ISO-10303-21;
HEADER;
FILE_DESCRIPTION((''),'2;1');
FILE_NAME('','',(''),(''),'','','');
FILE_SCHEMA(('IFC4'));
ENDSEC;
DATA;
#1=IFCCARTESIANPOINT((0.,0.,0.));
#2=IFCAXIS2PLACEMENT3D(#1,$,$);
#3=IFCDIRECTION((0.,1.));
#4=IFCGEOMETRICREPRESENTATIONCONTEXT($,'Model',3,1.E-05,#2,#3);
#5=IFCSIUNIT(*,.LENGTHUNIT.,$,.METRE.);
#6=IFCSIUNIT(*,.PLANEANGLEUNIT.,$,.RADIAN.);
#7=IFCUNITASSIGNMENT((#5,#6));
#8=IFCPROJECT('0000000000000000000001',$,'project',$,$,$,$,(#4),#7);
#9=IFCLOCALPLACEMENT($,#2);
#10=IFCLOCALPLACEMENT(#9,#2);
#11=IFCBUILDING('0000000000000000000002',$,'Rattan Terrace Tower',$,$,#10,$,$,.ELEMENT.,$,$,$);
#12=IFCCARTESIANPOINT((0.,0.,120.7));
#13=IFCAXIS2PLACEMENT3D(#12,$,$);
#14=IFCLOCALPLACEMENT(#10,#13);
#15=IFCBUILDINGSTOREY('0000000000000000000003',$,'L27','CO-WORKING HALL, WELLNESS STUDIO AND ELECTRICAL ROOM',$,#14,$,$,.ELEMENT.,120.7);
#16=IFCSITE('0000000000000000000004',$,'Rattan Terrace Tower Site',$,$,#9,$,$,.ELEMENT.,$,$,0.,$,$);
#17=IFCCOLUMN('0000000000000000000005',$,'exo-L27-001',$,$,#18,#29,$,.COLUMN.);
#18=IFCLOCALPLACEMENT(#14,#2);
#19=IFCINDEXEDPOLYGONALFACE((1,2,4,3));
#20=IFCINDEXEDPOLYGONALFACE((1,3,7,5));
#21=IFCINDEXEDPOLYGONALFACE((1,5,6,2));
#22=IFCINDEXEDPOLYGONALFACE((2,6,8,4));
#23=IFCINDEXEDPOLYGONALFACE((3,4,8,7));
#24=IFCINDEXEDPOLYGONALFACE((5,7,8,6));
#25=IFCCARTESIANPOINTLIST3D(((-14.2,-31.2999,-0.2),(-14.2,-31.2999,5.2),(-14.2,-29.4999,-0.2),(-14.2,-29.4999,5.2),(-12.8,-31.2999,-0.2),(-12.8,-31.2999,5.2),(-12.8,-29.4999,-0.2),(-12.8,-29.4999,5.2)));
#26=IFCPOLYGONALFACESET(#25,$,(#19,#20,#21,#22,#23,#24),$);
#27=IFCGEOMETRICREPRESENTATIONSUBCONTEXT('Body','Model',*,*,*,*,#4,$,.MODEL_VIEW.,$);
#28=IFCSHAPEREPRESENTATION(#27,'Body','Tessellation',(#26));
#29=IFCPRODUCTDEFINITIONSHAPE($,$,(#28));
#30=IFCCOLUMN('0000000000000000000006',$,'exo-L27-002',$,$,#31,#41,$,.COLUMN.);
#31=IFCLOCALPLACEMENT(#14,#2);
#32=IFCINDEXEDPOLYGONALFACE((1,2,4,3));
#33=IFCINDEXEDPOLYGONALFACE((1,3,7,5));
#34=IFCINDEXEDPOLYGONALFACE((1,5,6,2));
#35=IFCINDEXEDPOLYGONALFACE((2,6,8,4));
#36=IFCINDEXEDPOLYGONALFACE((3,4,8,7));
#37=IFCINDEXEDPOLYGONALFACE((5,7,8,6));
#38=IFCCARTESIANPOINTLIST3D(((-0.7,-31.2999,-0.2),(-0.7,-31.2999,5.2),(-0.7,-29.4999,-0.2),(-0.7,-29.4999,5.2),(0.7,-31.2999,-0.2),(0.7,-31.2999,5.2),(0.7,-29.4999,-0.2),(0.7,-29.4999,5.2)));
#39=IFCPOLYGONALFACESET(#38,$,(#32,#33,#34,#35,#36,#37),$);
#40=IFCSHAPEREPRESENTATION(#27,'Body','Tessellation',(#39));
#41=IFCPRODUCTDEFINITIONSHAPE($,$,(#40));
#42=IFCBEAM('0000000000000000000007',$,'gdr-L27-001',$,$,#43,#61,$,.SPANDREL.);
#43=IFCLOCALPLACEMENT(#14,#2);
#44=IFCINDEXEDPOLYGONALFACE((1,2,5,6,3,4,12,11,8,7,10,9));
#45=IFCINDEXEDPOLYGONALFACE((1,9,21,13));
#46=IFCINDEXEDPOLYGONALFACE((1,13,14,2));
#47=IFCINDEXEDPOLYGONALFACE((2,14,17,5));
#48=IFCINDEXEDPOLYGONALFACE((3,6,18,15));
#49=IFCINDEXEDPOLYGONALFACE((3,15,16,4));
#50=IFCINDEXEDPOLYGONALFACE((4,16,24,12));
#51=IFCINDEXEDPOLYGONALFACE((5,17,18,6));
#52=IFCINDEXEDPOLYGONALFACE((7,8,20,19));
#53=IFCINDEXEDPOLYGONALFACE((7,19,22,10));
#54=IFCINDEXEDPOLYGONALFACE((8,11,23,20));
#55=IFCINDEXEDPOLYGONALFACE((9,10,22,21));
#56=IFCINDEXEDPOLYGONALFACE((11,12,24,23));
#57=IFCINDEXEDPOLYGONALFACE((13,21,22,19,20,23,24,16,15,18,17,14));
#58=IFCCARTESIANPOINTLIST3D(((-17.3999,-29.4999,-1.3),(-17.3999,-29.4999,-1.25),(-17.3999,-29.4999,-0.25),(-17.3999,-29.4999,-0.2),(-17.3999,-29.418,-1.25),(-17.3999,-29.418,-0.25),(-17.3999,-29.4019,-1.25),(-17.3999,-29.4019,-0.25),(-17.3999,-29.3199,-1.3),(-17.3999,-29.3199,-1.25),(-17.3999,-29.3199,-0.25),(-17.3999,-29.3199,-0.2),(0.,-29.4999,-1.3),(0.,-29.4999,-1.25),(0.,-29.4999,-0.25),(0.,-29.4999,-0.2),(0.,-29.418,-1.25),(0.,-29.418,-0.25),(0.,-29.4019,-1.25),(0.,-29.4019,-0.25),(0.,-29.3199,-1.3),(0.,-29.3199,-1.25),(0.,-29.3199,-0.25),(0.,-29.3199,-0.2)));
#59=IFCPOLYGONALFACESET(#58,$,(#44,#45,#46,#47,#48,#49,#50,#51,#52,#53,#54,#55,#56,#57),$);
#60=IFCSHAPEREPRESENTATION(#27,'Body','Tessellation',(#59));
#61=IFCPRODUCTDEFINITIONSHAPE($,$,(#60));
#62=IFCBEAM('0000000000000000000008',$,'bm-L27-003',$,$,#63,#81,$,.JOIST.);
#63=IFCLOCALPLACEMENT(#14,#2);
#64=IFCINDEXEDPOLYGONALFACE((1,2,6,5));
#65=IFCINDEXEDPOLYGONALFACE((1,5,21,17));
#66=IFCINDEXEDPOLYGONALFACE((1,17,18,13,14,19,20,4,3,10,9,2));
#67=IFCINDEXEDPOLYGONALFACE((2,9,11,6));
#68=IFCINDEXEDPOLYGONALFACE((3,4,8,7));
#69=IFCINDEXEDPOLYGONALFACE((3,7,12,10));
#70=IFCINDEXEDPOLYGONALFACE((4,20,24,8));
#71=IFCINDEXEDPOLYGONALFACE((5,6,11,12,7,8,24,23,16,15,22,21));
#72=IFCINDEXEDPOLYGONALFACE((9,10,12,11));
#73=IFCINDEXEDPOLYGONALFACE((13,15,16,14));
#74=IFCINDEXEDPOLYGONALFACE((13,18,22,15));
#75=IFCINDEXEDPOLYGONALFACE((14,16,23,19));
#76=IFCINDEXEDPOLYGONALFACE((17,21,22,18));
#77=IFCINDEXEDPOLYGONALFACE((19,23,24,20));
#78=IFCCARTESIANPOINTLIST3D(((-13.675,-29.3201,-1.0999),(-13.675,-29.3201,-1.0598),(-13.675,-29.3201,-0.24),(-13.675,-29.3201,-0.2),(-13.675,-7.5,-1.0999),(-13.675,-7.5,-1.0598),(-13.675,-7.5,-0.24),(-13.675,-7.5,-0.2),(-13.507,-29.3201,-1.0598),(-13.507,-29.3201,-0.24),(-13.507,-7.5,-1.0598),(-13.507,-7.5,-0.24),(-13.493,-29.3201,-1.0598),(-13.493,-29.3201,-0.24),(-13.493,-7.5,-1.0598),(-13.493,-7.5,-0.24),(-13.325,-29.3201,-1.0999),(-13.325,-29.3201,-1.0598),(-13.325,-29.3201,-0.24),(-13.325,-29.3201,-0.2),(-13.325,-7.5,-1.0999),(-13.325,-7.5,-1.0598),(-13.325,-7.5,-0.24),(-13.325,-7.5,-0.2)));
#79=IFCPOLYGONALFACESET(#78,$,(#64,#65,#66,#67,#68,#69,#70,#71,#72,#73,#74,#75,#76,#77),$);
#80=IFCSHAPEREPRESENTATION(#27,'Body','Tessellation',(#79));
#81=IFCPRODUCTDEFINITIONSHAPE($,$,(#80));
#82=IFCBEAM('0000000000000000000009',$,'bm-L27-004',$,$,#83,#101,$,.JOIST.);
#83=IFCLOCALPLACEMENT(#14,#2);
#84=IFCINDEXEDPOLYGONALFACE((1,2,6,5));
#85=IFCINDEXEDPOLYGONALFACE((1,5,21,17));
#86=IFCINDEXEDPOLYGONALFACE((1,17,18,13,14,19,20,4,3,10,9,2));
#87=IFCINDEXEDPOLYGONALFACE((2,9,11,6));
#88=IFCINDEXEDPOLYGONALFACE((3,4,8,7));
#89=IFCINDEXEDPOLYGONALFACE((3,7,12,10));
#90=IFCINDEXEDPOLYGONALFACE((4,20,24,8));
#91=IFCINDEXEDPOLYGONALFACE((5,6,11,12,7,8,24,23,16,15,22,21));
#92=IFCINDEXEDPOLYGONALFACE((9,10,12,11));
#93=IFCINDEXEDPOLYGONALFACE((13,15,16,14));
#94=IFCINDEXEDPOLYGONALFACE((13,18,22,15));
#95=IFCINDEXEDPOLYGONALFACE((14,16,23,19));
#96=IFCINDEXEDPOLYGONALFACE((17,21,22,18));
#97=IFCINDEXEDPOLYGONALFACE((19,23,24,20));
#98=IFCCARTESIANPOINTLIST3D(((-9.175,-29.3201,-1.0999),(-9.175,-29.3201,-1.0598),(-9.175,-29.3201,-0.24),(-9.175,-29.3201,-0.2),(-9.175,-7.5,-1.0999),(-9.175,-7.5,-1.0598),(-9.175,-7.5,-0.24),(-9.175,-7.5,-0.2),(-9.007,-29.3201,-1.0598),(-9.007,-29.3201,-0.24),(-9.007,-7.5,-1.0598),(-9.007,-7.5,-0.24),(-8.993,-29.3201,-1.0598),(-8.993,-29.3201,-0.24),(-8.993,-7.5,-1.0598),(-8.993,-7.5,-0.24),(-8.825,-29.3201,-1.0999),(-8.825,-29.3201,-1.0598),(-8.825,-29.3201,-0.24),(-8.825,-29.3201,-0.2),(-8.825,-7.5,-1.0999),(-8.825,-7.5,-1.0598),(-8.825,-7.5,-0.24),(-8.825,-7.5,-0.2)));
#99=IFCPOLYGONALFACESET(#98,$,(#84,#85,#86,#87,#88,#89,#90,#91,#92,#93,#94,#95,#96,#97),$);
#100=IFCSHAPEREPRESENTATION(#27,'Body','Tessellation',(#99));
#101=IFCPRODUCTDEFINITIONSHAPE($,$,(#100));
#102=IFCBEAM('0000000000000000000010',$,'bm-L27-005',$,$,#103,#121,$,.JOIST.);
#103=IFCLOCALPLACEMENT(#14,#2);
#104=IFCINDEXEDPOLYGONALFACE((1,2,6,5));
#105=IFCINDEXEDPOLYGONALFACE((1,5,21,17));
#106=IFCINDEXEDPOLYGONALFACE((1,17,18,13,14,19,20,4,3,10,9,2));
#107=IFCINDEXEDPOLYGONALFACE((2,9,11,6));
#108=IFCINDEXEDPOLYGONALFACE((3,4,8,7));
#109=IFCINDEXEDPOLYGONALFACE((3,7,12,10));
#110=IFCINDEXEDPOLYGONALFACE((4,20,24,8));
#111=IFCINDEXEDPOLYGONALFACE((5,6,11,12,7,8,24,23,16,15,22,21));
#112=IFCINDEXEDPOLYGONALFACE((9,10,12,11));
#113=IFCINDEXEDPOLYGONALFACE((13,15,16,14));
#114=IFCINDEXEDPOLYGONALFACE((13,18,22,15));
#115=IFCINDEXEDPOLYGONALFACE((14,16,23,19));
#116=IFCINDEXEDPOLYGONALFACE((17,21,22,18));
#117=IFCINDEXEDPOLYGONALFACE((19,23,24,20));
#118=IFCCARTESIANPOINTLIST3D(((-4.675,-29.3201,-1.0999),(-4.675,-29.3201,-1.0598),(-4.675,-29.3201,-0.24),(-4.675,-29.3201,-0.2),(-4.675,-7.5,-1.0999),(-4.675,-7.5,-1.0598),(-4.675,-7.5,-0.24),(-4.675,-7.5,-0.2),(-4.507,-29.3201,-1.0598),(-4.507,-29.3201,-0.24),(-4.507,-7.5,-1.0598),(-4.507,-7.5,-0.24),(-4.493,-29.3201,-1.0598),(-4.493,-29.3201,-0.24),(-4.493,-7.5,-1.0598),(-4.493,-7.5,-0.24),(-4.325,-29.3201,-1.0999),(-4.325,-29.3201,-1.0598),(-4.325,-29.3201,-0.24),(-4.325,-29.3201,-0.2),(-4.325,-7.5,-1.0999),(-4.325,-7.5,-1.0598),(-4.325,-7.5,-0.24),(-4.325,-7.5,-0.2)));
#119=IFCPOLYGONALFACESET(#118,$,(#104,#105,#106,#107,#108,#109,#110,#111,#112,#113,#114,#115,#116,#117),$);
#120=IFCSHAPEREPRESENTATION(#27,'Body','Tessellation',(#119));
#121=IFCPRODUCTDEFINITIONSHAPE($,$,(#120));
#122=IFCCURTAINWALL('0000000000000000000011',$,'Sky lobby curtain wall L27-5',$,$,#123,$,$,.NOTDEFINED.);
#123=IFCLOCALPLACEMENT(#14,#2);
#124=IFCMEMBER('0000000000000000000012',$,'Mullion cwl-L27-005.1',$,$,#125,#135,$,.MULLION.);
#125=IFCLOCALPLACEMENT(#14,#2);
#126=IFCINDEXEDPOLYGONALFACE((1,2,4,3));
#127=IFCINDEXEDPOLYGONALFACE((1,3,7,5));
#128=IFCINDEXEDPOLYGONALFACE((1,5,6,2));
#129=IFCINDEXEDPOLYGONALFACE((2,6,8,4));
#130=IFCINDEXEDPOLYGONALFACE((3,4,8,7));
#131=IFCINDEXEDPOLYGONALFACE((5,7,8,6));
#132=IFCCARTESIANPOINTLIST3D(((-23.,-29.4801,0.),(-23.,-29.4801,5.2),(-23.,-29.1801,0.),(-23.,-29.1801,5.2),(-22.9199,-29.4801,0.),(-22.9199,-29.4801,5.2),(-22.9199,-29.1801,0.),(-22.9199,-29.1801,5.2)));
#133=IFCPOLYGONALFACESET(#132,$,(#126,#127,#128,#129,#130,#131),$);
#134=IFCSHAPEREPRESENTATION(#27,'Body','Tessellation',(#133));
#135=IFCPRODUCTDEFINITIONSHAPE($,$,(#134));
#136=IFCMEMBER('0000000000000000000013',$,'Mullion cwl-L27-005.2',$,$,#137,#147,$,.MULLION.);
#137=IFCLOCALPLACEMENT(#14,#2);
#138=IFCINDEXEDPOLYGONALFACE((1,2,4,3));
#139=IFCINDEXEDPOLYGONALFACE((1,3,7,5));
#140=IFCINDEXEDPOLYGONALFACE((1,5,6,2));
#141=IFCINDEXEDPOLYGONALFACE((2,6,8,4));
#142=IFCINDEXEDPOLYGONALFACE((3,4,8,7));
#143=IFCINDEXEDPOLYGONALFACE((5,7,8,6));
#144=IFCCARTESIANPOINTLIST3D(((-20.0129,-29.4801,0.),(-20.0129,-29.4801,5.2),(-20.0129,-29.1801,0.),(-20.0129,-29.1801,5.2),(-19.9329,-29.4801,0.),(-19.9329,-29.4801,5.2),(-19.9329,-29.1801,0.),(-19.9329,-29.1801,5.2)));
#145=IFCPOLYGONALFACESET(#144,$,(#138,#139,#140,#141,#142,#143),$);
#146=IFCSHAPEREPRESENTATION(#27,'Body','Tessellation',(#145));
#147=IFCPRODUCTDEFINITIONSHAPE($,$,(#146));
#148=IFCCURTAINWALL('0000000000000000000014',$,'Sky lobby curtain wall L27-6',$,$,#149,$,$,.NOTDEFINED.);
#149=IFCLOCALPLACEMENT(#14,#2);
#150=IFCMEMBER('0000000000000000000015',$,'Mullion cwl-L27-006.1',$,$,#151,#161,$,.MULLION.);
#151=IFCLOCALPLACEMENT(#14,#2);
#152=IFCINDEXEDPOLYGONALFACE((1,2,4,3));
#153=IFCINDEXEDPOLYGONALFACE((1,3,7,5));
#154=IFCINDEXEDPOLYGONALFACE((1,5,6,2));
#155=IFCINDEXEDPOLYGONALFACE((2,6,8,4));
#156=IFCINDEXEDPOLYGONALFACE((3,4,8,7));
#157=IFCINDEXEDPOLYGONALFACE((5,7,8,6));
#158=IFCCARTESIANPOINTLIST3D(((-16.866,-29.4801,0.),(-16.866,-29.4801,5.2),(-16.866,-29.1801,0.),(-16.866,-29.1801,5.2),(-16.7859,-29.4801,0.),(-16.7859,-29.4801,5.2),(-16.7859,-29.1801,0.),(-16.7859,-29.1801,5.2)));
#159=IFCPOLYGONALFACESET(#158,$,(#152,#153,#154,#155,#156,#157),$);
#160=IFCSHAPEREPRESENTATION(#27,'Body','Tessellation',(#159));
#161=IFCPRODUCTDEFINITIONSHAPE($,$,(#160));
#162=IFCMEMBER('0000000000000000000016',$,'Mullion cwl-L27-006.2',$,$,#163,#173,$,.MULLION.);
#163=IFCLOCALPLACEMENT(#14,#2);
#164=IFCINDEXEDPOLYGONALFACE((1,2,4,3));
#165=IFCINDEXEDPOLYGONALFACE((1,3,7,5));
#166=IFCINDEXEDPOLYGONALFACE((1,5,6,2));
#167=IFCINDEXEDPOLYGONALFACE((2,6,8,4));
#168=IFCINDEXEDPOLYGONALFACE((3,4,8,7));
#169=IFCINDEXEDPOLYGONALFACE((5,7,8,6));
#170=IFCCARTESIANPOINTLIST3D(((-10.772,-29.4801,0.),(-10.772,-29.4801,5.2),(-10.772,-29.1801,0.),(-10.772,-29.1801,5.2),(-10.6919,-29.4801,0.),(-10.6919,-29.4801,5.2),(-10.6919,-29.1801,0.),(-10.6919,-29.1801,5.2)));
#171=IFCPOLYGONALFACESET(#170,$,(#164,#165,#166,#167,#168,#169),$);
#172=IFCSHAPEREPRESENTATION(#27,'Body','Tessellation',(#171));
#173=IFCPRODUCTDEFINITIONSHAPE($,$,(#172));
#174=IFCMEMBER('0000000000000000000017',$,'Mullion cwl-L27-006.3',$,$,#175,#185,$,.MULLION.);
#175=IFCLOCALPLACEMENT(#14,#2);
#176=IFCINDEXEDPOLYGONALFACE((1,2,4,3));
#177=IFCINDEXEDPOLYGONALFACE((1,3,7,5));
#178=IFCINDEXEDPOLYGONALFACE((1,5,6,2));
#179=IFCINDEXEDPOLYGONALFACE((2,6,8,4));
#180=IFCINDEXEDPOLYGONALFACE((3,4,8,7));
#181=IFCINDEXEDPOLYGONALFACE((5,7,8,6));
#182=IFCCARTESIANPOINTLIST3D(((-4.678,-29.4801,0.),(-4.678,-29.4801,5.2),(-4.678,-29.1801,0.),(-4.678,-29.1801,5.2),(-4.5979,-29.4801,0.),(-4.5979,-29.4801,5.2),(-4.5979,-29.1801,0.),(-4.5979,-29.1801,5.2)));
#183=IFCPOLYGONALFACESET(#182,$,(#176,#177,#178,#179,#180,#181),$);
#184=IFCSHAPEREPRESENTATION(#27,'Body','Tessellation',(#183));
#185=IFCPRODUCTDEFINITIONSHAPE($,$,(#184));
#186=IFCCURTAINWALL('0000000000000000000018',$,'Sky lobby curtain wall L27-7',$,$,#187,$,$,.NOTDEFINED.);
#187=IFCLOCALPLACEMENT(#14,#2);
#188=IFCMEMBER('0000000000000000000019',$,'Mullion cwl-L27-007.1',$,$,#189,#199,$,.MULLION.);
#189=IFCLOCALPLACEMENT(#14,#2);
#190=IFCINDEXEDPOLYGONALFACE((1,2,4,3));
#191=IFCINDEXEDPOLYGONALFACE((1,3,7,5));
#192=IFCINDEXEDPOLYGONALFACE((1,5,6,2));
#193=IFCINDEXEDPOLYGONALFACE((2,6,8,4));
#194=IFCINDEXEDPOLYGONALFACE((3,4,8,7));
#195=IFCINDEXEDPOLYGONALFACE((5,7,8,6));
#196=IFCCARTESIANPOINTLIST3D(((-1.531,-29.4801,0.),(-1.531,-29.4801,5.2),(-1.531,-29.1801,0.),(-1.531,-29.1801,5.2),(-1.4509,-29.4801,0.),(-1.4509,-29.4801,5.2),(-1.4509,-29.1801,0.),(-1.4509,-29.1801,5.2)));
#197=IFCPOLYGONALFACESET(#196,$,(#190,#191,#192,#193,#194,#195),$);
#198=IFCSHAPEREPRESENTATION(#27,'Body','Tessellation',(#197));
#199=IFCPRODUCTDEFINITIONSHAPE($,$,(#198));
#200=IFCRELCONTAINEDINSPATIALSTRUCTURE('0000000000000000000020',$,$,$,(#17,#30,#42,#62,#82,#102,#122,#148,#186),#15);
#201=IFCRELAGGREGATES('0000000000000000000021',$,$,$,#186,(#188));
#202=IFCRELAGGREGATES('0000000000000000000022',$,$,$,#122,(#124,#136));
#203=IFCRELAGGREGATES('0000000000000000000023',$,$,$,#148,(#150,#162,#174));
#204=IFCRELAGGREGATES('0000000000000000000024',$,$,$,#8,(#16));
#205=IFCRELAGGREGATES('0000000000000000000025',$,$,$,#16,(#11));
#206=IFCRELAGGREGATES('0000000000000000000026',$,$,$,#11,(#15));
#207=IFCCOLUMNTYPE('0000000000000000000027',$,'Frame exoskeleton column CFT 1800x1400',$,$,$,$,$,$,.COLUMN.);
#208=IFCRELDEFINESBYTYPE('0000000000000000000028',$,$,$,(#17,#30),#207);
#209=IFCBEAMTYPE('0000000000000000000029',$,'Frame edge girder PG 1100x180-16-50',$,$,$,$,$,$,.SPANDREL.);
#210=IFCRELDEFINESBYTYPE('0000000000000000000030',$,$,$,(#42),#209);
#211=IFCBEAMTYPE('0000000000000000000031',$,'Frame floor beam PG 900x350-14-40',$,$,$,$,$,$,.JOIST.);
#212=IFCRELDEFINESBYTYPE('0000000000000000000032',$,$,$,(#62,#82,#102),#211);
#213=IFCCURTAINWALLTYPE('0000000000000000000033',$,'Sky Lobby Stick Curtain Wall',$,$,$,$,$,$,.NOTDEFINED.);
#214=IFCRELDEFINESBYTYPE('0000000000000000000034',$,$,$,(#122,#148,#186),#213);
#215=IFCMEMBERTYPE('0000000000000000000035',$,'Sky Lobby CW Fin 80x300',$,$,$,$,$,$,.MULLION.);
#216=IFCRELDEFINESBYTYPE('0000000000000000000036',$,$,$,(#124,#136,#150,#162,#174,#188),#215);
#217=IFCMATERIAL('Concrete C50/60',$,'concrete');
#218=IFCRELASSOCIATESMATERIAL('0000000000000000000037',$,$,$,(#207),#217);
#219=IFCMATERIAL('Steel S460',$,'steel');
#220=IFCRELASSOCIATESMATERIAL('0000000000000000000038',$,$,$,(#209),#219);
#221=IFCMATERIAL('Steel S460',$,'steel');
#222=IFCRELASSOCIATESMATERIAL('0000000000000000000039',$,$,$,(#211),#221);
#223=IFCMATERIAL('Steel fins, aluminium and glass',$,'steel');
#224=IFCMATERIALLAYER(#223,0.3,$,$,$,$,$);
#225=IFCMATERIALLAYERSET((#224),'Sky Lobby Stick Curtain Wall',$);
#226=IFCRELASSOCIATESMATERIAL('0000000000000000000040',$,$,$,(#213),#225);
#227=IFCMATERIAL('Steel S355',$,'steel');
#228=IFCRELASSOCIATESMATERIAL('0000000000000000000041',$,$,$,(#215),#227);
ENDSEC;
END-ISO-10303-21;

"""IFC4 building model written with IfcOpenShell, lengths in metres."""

from ifc_helpers import new_model, si_unit, direction, frame, origin, origin_2d, place, context, subcontext, project, spatial, rectangle, i_section, extrude, material, layer, layer_set, material_profile, profile_set, type_object, element, aggregate, save


model = new_model("IFC4")

# Units and contexts
model_context = context("Model", 3, precision=1e-05, world=origin(), true_north=direction((0.0, 1.0)))
body_context = subcontext(model_context, "Body", "Model", "MODEL_VIEW")
ifc_project = project(units=[si_unit("LENGTHUNIT", "METRE"), si_unit("PLANEANGLEUNIT", "RADIAN")], contexts=[model_context])

# Site, building, storey
site_placement = place(None, origin())
site = spatial("IfcSite", under=ifc_project, at=site_placement, Name="Rattan Terrace Tower Site", CompositionType="ELEMENT", RefElevation=0.0)
building_placement = place(site_placement, origin())
building = spatial("IfcBuilding", under=site, at=building_placement, Name="Rattan Terrace Tower", CompositionType="ELEMENT")
storey_placement = place(building_placement, frame((0.0, 0.0, 120.7)))
storey = spatial("IfcBuildingStorey", under=building, at=storey_placement, Name="L27", Description="CO-WORKING HALL, WELLNESS STUDIO AND ELECTRICAL ROOM", CompositionType="ELEMENT", Elevation=120.7)

# Columns
ifc_material_1 = material(Name="Concrete C50/60", Category="concrete")
ifc_material_profile_1 = material_profile(ifc_material_1, rectangle(XDim=1.3999, YDim=1.8, at=origin_2d()), Name="CFT 1800x1400")
ifc_profile_set_1 = profile_set([ifc_material_profile_1], Name="Concrete C50/60")
column_type = type_object("IfcColumnType", Name="Frame exoskeleton column CFT 1800x1400", PredefinedType="COLUMN", material=ifc_profile_set_1)
for number, where, z_axis, x_axis, name in (
    (1, (-13.5, -30.3999, -0.2), (0.0, 0.0, 1.0), (1.0, 0.0, 0.0), "exo-L27-001"),
    (2, (0.0, -30.3999, -0.2), (0.0, 0.0, 1.0), (1.0, 0.0, 0.0), "exo-L27-002"),
):
    element("IfcColumn", number, at=place(storey_placement, frame(where, z_axis=z_axis, x_axis=x_axis)), inside=storey, type_object=column_type, Name=name, PredefinedType="COLUMN", context=body_context, shape_type="SweptSolid", body=[
        extrude(rectangle(XDim=1.3999, YDim=1.8, at=origin_2d()), origin(), (0.0, 0.0, 1.0), 5.3999),
    ])

# Beams
ifc_material_2 = material(Name="Steel S460", Category="steel")
ifc_material_profile_2 = material_profile(ifc_material_2, i_section(OverallWidth=0.1799, OverallDepth=1.1001, WebThickness=0.0161, FlangeThickness=0.05, at=origin_2d()), Name="PG 1100x180-16-50")
ifc_profile_set_2 = profile_set([ifc_material_profile_2], Name="Steel S460")
beam_type_1 = type_object("IfcBeamType", Name="Frame edge girder PG 1100x180-16-50", PredefinedType="SPANDREL", material=ifc_profile_set_2)
beam_placement = place(storey_placement, frame((-17.3999, -29.4099, -0.75), z_axis=(1.0, 0.0, 0.0), x_axis=(0.0, 1.0, 0.0)))
element("IfcBeam", 3, at=beam_placement, inside=storey, type_object=beam_type_1, Name="gdr-L27-001", PredefinedType="SPANDREL", context=body_context, shape_type="SweptSolid", body=[
    extrude(i_section(OverallWidth=0.1799, OverallDepth=1.1001, WebThickness=0.0161, FlangeThickness=0.05, at=origin_2d()), origin(), (0.0, 0.0, 1.0), 17.3999),
])
ifc_material_3 = material(Name="Steel S460", Category="steel")
ifc_material_profile_3 = material_profile(ifc_material_3, i_section(OverallWidth=0.3501, OverallDepth=0.8999, WebThickness=0.0139, FlangeThickness=0.04, at=origin_2d()), Name="PG 900x350-14-40")
ifc_profile_set_3 = profile_set([ifc_material_profile_3], Name="Steel S460")
beam_type_2 = type_object("IfcBeamType", Name="Frame floor beam PG 900x350-14-40", PredefinedType="JOIST", material=ifc_profile_set_3)
for number, where, z_axis, x_axis, name in (
    (4, (-13.5, -29.3201, -0.6499), (0.0, 1.0, 0.0), (-1.0, 0.0, 0.0), "bm-L27-003"),
    (5, (-9.0, -29.3201, -0.6499), (0.0, 1.0, 0.0), (-1.0, 0.0, 0.0), "bm-L27-004"),
    (6, (-4.5, -29.3201, -0.6499), (0.0, 1.0, 0.0), (-1.0, 0.0, 0.0), "bm-L27-005"),
):
    element("IfcBeam", number, at=place(storey_placement, frame(where, z_axis=z_axis, x_axis=x_axis)), inside=storey, type_object=beam_type_2, Name=name, PredefinedType="JOIST", context=body_context, shape_type="SweptSolid", body=[
        extrude(i_section(OverallWidth=0.3501, OverallDepth=0.8999, WebThickness=0.0139, FlangeThickness=0.04, at=origin_2d()), origin(), (0.0, 0.0, 1.0), 21.8201),
    ])

# Curtain walls, members
ifc_material_4 = material(Name="Steel fins, aluminium and glass", Category="steel")
ifc_layer_1 = layer(ifc_material_4, 0.3)
ifc_layer_set_1 = layer_set([ifc_layer_1], Name="Sky Lobby Stick Curtain Wall")
curtain_wall_type = type_object("IfcCurtainWallType", Name="Sky Lobby Stick Curtain Wall", PredefinedType="NOTDEFINED", material=ifc_layer_set_1)
curtain_wall_1_placement = place(storey_placement, origin())
curtain_wall_1 = element("IfcCurtainWall", 7, at=curtain_wall_1_placement, inside=storey, type_object=curtain_wall_type, Name="Sky lobby curtain wall L27-5", PredefinedType="NOTDEFINED")
ifc_material_5 = material(Name="Steel S355", Category="steel")
ifc_material_profile_4 = material_profile(ifc_material_5, rectangle(XDim=0.0801, YDim=0.3, at=origin_2d()), Name="Steel S355 80x300")
ifc_profile_set_4 = profile_set([ifc_material_profile_4], Name="Steel S355")
member_type_1 = type_object("IfcMemberType", Name="Sky Lobby CW Fin 80x300", PredefinedType="MULLION", material=ifc_profile_set_4)
member_1_placement = place(storey_placement, frame((-22.96, -29.3301, 0.0), z_axis=(0.0, 0.0, 1.0), x_axis=(1.0, 0.0, 0.0)))
member_1 = element("IfcMember", 8, at=member_1_placement, type_object=member_type_1, Name="Mullion cwl-L27-005.1", PredefinedType="MULLION", context=body_context, shape_type="SweptSolid", body=[
    extrude(rectangle(XDim=0.0801, YDim=0.3, at=origin_2d()), origin(), (0.0, 0.0, 1.0), 5.2),
])
member_2_placement = place(storey_placement, frame((-19.9729, -29.3301, 0.0), z_axis=(0.0, 0.0, 1.0), x_axis=(1.0, 0.0, 0.0)))
member_2 = element("IfcMember", 9, at=member_2_placement, type_object=member_type_1, Name="Mullion cwl-L27-005.2", PredefinedType="MULLION", context=body_context, shape_type="SweptSolid", body=[
    extrude(rectangle(XDim=0.0801, YDim=0.3, at=origin_2d()), origin(), (0.0, 0.0, 1.0), 5.2),
])
curtain_wall_2_placement = place(storey_placement, origin())
curtain_wall_2 = element("IfcCurtainWall", 10, at=curtain_wall_2_placement, inside=storey, type_object=curtain_wall_type, Name="Sky lobby curtain wall L27-6", PredefinedType="NOTDEFINED")
member_3_placement = place(storey_placement, frame((-16.8259, -29.3301, 0.0), z_axis=(0.0, 0.0, 1.0), x_axis=(1.0, 0.0, 0.0)))
member_3 = element("IfcMember", 11, at=member_3_placement, type_object=member_type_1, Name="Mullion cwl-L27-006.1", PredefinedType="MULLION", context=body_context, shape_type="SweptSolid", body=[
    extrude(rectangle(XDim=0.0801, YDim=0.3, at=origin_2d()), origin(), (0.0, 0.0, 1.0), 5.2),
])
member_4_placement = place(storey_placement, frame((-10.7319, -29.3301, 0.0), z_axis=(0.0, 0.0, 1.0), x_axis=(1.0, 0.0, 0.0)))
member_4 = element("IfcMember", 12, at=member_4_placement, type_object=member_type_1, Name="Mullion cwl-L27-006.2", PredefinedType="MULLION", context=body_context, shape_type="SweptSolid", body=[
    extrude(rectangle(XDim=0.0801, YDim=0.3, at=origin_2d()), origin(), (0.0, 0.0, 1.0), 5.2),
])
member_5_placement = place(storey_placement, frame((-4.6379, -29.3301, 0.0), z_axis=(0.0, 0.0, 1.0), x_axis=(1.0, 0.0, 0.0)))
member_5 = element("IfcMember", 13, at=member_5_placement, type_object=member_type_1, Name="Mullion cwl-L27-006.3", PredefinedType="MULLION", context=body_context, shape_type="SweptSolid", body=[
    extrude(rectangle(XDim=0.0801, YDim=0.3, at=origin_2d()), origin(), (0.0, 0.0, 1.0), 5.2),
])

# Curtain wall, member
curtain_wall_3_placement = place(storey_placement, origin())
curtain_wall_3 = element("IfcCurtainWall", 14, at=curtain_wall_3_placement, inside=storey, type_object=curtain_wall_type, Name="Sky lobby curtain wall L27-7", PredefinedType="NOTDEFINED")
member_6_placement = place(storey_placement, frame((-1.491, -29.3301, 0.0), z_axis=(0.0, 0.0, 1.0), x_axis=(1.0, 0.0, 0.0)))
member_6 = element("IfcMember", 15, at=member_6_placement, type_object=member_type_1, Name="Mullion cwl-L27-007.1", PredefinedType="MULLION", context=body_context, shape_type="SweptSolid", body=[
    extrude(rectangle(XDim=0.0801, YDim=0.3, at=origin_2d()), origin(), (0.0, 0.0, 1.0), 5.2),
])

aggregate(curtain_wall_3, [member_6])

aggregate(curtain_wall_1, [member_1, member_2])
aggregate(curtain_wall_2, [member_3, member_4, member_5])

save(model, "model.ifc")
